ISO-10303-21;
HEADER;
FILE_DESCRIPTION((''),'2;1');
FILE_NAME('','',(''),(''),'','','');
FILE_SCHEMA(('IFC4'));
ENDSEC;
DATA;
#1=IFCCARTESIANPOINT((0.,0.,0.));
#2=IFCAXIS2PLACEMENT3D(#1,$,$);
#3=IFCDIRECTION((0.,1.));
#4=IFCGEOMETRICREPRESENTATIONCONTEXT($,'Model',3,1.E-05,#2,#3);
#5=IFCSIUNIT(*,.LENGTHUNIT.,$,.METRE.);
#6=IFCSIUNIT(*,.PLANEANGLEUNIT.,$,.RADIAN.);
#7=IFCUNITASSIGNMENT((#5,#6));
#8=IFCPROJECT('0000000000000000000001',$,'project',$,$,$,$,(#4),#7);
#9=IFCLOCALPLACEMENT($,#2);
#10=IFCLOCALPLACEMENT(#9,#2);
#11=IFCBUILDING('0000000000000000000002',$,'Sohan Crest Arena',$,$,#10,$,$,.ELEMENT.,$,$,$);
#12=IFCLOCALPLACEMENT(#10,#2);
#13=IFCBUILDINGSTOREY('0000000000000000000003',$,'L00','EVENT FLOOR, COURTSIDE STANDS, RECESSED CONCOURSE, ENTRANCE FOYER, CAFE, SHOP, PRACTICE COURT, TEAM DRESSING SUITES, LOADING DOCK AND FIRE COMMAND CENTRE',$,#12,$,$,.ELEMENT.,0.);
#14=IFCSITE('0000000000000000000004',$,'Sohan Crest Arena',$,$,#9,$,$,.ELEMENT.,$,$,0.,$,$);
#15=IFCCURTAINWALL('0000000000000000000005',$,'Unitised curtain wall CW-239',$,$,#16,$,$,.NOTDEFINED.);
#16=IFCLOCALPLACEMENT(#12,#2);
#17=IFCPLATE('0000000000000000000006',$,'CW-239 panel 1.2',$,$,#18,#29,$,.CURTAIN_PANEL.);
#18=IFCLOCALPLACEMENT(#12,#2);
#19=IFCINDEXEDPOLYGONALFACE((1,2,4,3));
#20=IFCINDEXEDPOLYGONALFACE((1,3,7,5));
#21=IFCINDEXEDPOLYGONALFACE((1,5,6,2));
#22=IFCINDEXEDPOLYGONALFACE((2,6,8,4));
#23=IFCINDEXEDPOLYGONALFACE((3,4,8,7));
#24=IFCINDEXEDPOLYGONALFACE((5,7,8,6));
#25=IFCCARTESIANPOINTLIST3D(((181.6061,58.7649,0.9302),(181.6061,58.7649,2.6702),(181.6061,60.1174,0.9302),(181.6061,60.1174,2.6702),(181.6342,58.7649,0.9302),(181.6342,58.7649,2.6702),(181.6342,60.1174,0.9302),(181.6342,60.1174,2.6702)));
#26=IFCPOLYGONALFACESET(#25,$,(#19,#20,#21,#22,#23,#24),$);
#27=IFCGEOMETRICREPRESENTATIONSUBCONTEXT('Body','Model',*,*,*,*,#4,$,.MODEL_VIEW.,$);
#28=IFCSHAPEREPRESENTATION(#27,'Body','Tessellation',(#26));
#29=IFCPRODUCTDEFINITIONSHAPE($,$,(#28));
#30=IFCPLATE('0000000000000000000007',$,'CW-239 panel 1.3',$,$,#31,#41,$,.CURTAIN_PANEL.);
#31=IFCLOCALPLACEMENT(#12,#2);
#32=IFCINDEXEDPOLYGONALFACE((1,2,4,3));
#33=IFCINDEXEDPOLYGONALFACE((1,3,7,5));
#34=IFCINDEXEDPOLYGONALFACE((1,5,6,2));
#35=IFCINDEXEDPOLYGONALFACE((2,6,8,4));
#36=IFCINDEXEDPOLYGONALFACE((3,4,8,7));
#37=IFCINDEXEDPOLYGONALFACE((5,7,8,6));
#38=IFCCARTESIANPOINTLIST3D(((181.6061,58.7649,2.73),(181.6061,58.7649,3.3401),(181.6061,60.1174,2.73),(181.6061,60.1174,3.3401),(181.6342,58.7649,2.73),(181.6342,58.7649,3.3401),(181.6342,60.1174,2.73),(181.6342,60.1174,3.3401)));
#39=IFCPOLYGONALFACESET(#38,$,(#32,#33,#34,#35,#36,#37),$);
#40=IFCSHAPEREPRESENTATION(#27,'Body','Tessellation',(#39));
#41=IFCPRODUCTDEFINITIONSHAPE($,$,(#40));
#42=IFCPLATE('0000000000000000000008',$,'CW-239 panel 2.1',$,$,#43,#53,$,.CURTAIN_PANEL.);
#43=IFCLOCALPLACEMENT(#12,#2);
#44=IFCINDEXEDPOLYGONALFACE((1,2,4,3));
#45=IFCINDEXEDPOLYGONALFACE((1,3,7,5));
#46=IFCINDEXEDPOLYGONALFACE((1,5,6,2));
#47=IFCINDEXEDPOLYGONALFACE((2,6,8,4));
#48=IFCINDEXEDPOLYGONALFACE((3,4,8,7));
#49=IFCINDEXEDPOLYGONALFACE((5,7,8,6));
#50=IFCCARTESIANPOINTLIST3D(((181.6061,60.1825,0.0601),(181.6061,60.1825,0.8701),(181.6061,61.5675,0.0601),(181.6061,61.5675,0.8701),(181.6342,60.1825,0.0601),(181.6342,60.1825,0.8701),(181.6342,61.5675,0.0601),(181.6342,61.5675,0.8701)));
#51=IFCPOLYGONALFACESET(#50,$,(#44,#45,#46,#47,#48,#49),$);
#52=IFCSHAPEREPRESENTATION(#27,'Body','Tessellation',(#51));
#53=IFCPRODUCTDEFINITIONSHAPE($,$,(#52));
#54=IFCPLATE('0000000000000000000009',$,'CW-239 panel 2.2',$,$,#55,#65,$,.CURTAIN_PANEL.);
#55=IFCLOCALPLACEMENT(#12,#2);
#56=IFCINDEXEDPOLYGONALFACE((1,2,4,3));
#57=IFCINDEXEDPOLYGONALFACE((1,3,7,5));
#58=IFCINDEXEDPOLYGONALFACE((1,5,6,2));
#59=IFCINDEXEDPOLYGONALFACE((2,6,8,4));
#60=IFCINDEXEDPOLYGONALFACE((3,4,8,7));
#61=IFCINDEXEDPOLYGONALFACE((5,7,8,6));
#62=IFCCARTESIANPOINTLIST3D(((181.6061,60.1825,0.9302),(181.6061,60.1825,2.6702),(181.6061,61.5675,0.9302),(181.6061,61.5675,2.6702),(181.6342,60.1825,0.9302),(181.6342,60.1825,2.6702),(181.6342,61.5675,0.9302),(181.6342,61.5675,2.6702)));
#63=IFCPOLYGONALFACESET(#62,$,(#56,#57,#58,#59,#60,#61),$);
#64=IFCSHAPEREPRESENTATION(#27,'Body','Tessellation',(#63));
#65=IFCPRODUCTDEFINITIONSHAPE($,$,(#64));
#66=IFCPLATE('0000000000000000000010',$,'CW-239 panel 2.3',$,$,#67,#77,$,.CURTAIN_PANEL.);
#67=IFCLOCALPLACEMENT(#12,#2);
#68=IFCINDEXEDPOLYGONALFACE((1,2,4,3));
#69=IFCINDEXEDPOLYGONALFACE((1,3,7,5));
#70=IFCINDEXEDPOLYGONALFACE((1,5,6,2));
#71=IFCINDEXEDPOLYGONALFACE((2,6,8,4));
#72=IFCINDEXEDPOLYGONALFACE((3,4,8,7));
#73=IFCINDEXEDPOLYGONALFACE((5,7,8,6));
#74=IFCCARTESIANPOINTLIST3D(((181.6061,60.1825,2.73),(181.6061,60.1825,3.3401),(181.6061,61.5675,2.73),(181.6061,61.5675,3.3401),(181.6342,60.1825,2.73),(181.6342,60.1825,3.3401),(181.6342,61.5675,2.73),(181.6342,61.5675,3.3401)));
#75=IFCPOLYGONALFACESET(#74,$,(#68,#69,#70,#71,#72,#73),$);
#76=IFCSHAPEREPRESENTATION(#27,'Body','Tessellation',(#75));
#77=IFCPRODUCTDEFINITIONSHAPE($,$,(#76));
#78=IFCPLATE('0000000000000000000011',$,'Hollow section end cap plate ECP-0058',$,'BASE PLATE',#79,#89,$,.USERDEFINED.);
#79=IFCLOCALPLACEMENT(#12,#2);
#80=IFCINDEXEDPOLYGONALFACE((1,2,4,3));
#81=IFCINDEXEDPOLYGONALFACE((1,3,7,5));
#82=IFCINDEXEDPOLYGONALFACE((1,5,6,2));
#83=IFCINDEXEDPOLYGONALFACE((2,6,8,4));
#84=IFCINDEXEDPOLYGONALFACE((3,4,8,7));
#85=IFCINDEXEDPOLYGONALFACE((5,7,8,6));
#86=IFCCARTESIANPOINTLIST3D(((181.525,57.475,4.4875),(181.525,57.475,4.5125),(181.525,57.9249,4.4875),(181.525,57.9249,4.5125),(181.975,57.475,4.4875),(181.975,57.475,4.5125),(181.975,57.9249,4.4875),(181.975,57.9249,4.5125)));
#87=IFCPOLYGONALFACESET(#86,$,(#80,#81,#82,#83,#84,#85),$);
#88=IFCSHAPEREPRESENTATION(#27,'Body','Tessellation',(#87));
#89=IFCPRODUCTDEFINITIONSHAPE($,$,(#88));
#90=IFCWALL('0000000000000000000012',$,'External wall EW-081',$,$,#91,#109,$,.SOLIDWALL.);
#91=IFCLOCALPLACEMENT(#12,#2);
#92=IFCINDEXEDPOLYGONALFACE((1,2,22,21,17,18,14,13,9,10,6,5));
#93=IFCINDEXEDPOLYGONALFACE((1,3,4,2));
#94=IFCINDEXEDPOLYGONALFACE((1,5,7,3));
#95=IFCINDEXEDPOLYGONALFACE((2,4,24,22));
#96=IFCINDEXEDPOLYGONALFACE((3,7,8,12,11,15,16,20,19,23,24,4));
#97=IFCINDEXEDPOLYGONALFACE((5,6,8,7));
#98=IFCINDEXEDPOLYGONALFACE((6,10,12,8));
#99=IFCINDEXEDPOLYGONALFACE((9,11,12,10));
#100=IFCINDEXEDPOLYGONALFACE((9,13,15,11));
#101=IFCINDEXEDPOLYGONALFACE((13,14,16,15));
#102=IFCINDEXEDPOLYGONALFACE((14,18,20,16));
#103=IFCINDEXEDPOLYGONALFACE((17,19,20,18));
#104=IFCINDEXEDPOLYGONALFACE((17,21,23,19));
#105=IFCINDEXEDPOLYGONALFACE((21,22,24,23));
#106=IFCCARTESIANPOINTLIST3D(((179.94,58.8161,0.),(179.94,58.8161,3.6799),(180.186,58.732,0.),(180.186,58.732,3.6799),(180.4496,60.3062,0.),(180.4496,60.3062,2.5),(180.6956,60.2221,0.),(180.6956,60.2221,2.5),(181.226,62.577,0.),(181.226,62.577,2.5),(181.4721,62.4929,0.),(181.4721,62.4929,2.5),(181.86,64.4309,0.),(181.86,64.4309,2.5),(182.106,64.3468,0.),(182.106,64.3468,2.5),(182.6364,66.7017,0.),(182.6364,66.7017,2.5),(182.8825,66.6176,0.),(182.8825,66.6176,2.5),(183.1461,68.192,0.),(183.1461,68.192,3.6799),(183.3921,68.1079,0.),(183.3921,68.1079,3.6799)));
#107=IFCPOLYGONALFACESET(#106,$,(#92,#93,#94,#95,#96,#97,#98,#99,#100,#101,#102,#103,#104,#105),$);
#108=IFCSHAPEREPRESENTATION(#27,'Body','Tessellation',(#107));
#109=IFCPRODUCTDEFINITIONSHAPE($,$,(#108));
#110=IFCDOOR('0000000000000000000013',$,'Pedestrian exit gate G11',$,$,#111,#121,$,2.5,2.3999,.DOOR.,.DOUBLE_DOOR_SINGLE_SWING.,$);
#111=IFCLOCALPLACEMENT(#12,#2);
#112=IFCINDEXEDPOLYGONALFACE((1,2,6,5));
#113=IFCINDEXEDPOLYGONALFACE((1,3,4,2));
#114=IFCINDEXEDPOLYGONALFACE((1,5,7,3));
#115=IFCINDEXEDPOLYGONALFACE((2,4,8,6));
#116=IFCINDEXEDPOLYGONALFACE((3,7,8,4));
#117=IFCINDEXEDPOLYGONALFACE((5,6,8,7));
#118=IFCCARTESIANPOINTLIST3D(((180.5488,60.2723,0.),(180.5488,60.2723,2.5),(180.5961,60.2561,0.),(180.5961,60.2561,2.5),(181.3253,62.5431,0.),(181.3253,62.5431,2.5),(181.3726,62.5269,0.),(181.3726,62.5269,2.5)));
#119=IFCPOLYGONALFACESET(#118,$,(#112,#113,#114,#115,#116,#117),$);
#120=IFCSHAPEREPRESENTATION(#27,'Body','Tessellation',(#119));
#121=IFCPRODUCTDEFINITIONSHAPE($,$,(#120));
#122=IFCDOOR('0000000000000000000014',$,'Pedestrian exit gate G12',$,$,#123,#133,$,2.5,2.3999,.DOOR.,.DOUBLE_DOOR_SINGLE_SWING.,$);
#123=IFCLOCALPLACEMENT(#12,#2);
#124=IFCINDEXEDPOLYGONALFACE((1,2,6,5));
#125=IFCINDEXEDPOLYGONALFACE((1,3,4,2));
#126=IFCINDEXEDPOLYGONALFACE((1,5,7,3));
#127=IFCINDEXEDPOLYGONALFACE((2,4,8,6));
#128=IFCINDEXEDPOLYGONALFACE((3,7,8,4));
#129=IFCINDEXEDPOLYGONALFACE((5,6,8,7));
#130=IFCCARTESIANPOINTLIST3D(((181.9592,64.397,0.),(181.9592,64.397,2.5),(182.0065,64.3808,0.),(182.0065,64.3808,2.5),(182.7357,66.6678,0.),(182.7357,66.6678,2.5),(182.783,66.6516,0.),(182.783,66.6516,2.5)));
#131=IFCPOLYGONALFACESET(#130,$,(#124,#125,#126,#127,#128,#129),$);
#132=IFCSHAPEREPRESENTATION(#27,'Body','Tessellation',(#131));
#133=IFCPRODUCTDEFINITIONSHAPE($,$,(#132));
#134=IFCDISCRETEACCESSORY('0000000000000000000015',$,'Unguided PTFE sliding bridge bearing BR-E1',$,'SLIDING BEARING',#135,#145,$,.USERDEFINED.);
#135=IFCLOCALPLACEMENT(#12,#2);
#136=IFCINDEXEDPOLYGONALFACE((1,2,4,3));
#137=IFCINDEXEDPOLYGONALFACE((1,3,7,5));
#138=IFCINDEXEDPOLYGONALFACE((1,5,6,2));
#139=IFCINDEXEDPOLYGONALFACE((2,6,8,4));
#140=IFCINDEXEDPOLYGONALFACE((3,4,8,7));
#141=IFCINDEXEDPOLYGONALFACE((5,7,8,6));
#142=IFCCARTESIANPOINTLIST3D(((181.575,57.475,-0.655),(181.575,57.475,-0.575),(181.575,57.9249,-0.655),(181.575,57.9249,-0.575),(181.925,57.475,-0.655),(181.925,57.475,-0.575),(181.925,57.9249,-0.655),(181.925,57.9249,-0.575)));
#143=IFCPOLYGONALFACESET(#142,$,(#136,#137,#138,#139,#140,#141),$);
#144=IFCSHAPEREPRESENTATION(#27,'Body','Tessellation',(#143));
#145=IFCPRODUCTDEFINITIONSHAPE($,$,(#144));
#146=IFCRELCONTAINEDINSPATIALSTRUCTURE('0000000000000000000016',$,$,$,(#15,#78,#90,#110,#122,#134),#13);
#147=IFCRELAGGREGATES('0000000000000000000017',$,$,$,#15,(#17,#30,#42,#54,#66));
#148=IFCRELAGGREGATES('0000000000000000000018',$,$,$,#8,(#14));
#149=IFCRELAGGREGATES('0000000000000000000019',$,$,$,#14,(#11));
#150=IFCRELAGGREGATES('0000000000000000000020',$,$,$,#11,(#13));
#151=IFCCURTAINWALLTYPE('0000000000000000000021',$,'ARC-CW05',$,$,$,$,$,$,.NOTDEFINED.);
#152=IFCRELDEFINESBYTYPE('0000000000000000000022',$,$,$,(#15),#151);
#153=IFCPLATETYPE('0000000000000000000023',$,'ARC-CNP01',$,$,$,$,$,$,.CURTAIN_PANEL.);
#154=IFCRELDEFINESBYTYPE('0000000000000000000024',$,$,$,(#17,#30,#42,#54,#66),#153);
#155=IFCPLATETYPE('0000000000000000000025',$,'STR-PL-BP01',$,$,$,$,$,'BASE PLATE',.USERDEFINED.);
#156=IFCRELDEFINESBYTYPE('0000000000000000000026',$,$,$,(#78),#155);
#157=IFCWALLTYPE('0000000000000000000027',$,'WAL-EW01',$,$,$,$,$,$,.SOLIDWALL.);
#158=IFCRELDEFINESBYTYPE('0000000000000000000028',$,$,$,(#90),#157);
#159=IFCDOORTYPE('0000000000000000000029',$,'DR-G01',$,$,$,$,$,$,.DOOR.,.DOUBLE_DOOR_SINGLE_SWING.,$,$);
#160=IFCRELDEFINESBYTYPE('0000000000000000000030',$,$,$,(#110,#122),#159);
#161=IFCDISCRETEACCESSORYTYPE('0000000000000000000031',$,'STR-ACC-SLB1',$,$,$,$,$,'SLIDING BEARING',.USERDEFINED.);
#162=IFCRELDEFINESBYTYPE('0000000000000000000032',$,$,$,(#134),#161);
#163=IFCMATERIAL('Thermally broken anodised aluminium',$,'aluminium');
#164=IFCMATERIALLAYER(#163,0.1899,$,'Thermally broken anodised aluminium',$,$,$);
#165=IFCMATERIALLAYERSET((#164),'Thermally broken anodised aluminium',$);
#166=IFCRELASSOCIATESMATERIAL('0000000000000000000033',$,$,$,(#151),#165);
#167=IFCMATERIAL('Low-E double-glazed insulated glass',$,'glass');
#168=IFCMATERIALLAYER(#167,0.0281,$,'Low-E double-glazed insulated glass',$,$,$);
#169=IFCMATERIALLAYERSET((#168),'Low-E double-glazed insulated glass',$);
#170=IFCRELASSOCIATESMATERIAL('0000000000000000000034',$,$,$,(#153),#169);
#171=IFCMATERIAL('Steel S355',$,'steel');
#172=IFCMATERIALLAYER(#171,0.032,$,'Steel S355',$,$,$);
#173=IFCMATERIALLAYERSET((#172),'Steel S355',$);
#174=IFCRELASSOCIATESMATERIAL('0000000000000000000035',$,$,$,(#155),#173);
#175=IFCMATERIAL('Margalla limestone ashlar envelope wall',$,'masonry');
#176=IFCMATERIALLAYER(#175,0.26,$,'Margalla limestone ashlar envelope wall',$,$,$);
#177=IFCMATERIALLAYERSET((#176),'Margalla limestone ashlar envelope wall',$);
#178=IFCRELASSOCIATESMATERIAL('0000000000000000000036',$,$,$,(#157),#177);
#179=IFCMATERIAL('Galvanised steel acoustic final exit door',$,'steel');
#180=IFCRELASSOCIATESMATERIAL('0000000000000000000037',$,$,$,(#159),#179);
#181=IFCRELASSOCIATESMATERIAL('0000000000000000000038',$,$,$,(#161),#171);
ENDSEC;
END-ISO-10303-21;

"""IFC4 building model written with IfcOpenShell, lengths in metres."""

from ifc_helpers import new_model, si_unit, direction, frame, frame_2d, origin, origin_2d, place, context, subcontext, project, spatial, rectangle, extrude, material, layer, layer_set, type_object, element, fill, aggregate, save


model = new_model("IFC4")

# Units and contexts
model_context = context("Model", 3, precision=1e-05, world=origin(), true_north=direction((0.0, 1.0)))
body_context = subcontext(model_context, "Body", "Model", "MODEL_VIEW")
ifc_project = project(units=[si_unit("LENGTHUNIT", "METRE"), si_unit("PLANEANGLEUNIT", "RADIAN")], contexts=[model_context])

# Site, building, storey
site_placement = place(None, origin())
site = spatial("IfcSite", under=ifc_project, at=site_placement, Name="Sohan Crest Arena", CompositionType="ELEMENT", RefElevation=0.0)
building_placement = place(site_placement, origin())
building = spatial("IfcBuilding", under=site, at=building_placement, Name="Sohan Crest Arena", CompositionType="ELEMENT")
storey_placement = place(building_placement, origin())
storey = spatial("IfcBuildingStorey", under=building, at=storey_placement, Name="L00", Description="EVENT FLOOR, COURTSIDE STANDS, RECESSED CONCOURSE, ENTRANCE FOYER, CAFE, SHOP, PRACTICE COURT, TEAM DRESSING SUITES, LOADING DOCK AND FIRE COMMAND CENTRE", CompositionType="ELEMENT", Elevation=0.0)

# Shared definitions
ifc_material_1 = material(Name="Steel S355", Category="steel")

# Curtain wall
ifc_material_2 = material(Name="Thermally broken anodised aluminium", Category="aluminium")
ifc_layer_1 = layer(ifc_material_2, 0.1899, Name="Thermally broken anodised aluminium")
ifc_layer_set_1 = layer_set([ifc_layer_1], Name="Thermally broken anodised aluminium")
curtain_wall_type = type_object("IfcCurtainWallType", Name="ARC-CW05", PredefinedType="NOTDEFINED", material=ifc_layer_set_1)
curtain_wall_placement = place(storey_placement, origin())
curtain_wall = element("IfcCurtainWall", 1, at=curtain_wall_placement, inside=storey, type_object=curtain_wall_type, Name="Unitised curtain wall CW-239", PredefinedType="NOTDEFINED")

# Plates
ifc_material_3 = material(Name="Low-E double-glazed insulated glass", Category="glass")
ifc_layer_2 = layer(ifc_material_3, 0.0281, Name="Low-E double-glazed insulated glass")
ifc_layer_set_2 = layer_set([ifc_layer_2], Name="Low-E double-glazed insulated glass")
plate_type_1 = type_object("IfcPlateType", Name="ARC-CNP01", PredefinedType="CURTAIN_PANEL", material=ifc_layer_set_2)
plate_1_placement = place(storey_placement, frame((181.6201, 59.4412, 0.9302), z_axis=(0.0, 0.0, 1.0), x_axis=(0.0, 1.0, 0.0)))
plate_1 = element("IfcPlate", 2, at=plate_1_placement, type_object=plate_type_1, Name="CW-239 panel 1.2", PredefinedType="CURTAIN_PANEL", context=body_context, shape_type="SweptSolid", body=[
    extrude(rectangle(XDim=1.3525, YDim=0.0281, at=origin_2d()), origin(), (0.0, 0.0, 1.0), 1.74),
])
plate_2_placement = place(storey_placement, frame((181.6201, 59.4412, 2.73), z_axis=(0.0, 0.0, 1.0), x_axis=(0.0, 1.0, 0.0)))
plate_2 = element("IfcPlate", 3, at=plate_2_placement, type_object=plate_type_1, Name="CW-239 panel 1.3", PredefinedType="CURTAIN_PANEL", context=body_context, shape_type="SweptSolid", body=[
    extrude(rectangle(XDim=1.3525, YDim=0.0281, at=origin_2d()), origin(), (0.0, 0.0, 1.0), 0.6101),
])
plate_3_placement = place(storey_placement, frame((181.6201, 60.875, 0.0601), z_axis=(0.0, 0.0, 1.0), x_axis=(0.0, 1.0, 0.0)))
plate_3 = element("IfcPlate", 4, at=plate_3_placement, type_object=plate_type_1, Name="CW-239 panel 2.1", PredefinedType="CURTAIN_PANEL", context=body_context, shape_type="SweptSolid", body=[
    extrude(rectangle(XDim=1.385, YDim=0.0281, at=origin_2d()), origin(), (0.0, 0.0, 1.0), 0.8101),
])
plate_4_placement = place(storey_placement, frame((181.6201, 60.875, 0.9302), z_axis=(0.0, 0.0, 1.0), x_axis=(0.0, 1.0, 0.0)))
plate_4 = element("IfcPlate", 5, at=plate_4_placement, type_object=plate_type_1, Name="CW-239 panel 2.2", PredefinedType="CURTAIN_PANEL", context=body_context, shape_type="SweptSolid", body=[
    extrude(rectangle(XDim=1.385, YDim=0.0281, at=origin_2d()), origin(), (0.0, 0.0, 1.0), 1.74),
])
plate_5_placement = place(storey_placement, frame((181.6201, 60.875, 2.73), z_axis=(0.0, 0.0, 1.0), x_axis=(0.0, 1.0, 0.0)))
plate_5 = element("IfcPlate", 6, at=plate_5_placement, type_object=plate_type_1, Name="CW-239 panel 2.3", PredefinedType="CURTAIN_PANEL", context=body_context, shape_type="SweptSolid", body=[
    extrude(rectangle(XDim=1.385, YDim=0.0281, at=origin_2d()), origin(), (0.0, 0.0, 1.0), 0.6101),
])
aggregate(curtain_wall, [plate_1, plate_2, plate_3, plate_4, plate_5])
ifc_layer_3 = layer(ifc_material_1, 0.032, Name="Steel S355")
ifc_layer_set_3 = layer_set([ifc_layer_3], Name="Steel S355")
plate_type_2 = type_object("IfcPlateType", Name="STR-PL-BP01", ElementType="BASE PLATE", PredefinedType="USERDEFINED", material=ifc_layer_set_3)
plate_6_placement = place(storey_placement, frame((181.75, 57.7, 4.4875), z_axis=(0.0, 0.0, 1.0), x_axis=(1.0, 0.0, 0.0)))
element("IfcPlate", 7, at=plate_6_placement, inside=storey, type_object=plate_type_2, Name="Hollow section end cap plate ECP-0058", ObjectType="BASE PLATE", PredefinedType="USERDEFINED", context=body_context, shape_type="SweptSolid", body=[
    extrude(rectangle(XDim=0.45, YDim=0.45, at=origin_2d()), origin(), (0.0, 0.0, 1.0), 0.0249),
])

# Wall, openings, doors
ifc_material_4 = material(Name="Margalla limestone ashlar envelope wall", Category="masonry")
ifc_layer_4 = layer(ifc_material_4, 0.26, Name="Margalla limestone ashlar envelope wall")
ifc_layer_set_4 = layer_set([ifc_layer_4], Name="Margalla limestone ashlar envelope wall")
wall_type = type_object("IfcWallType", Name="WAL-EW01", PredefinedType="SOLIDWALL", material=ifc_layer_set_4)
wall_placement = place(storey_placement, frame((180.063, 58.7739, 0.0), z_axis=(0.0, 0.0, 1.0), x_axis=(0.323551, 0.946211, 0.0)))
wall = element("IfcWall", 8, at=wall_placement, inside=storey, type_object=wall_type, Name="External wall EW-081", PredefinedType="SOLIDWALL", context=body_context, shape_type="SweptSolid", body=[
    extrude(rectangle(XDim=9.9089, YDim=0.26, at=frame_2d((4.9546, 0.0))), origin(), (0.0, 0.0, 1.0), 3.6799),
])
opening_1_placement = place(wall_placement, frame((1.575, 0.0, 0.0)))
opening_1 = element("IfcOpeningElement", 9, at=opening_1_placement, cuts=wall, PredefinedType="OPENING", context=body_context, shape_type="SweptSolid", body=[
    extrude(rectangle(XDim=2.3999, YDim=2.5, at=frame_2d((1.2, 1.25))), frame((0.0, 0.1399, 0.0), z_axis=(0.0, -1.0, 0.0), x_axis=(1.0, 0.0, 0.0)), (0.0, 0.0, 1.0), 0.28),
])
opening_2_placement = place(wall_placement, frame((5.9341, 0.0, 0.0)))
opening_2 = element("IfcOpeningElement", 10, at=opening_2_placement, cuts=wall, PredefinedType="OPENING", context=body_context, shape_type="SweptSolid", body=[
    extrude(rectangle(XDim=2.3999, YDim=2.5, at=frame_2d((1.2, 1.25))), frame((0.0, 0.1399, 0.0), z_axis=(0.0, -1.0, 0.0), x_axis=(1.0, 0.0, 0.0)), (0.0, 0.0, 1.0), 0.28),
])
ifc_material_5 = material(Name="Galvanised steel acoustic final exit door", Category="steel")
door_type = type_object("IfcDoorType", Name="DR-G01", OperationType="DOUBLE_DOOR_SINGLE_SWING", PredefinedType="DOOR", material=ifc_material_5)
door_1_placement = place(opening_1_placement, frame((2.3999, 0.0, 0.0), z_axis=(0.0, 0.0, 1.0), x_axis=(-1.0, 0.0, 0.0)))
door_1 = element("IfcDoor", 11, at=door_1_placement, inside=storey, type_object=door_type, Name="Pedestrian exit gate G11", OperationType="DOUBLE_DOOR_SINGLE_SWING", OverallHeight=2.5, OverallWidth=2.3999, PredefinedType="DOOR", context=body_context, shape_type="SweptSolid", body=[
    extrude(rectangle(XDim=2.3999, YDim=2.5, at=frame_2d((1.2, 1.25))), frame((0.0, 0.0249, 0.0), z_axis=(0.0, -1.0, 0.0), x_axis=(1.0, 0.0, 0.0)), (0.0, 0.0, 1.0), 0.05),
])
fill(opening_1, door_1)
door_2_placement = place(opening_2_placement, frame((2.3999, 0.0, 0.0), z_axis=(0.0, 0.0, 1.0), x_axis=(-1.0, 0.0, 0.0)))
door_2 = element("IfcDoor", 12, at=door_2_placement, inside=storey, type_object=door_type, Name="Pedestrian exit gate G12", OperationType="DOUBLE_DOOR_SINGLE_SWING", OverallHeight=2.5, OverallWidth=2.3999, PredefinedType="DOOR", context=body_context, shape_type="SweptSolid", body=[
    extrude(rectangle(XDim=2.3999, YDim=2.5, at=frame_2d((1.2, 1.25))), frame((0.0, 0.0249, 0.0), z_axis=(0.0, -1.0, 0.0), x_axis=(1.0, 0.0, 0.0)), (0.0, 0.0, 1.0), 0.05),
])
fill(opening_2, door_2)

# Discrete accessory
discrete_accessory_type = type_object("IfcDiscreteAccessoryType", Name="STR-ACC-SLB1", ElementType="SLIDING BEARING", PredefinedType="USERDEFINED", material=ifc_material_1)
discrete_accessory_placement = place(storey_placement, frame((181.75, 57.7, -0.655), z_axis=(0.0, 0.0, 1.0), x_axis=(1.0, 0.0, 0.0)))
element("IfcDiscreteAccessory", 13, at=discrete_accessory_placement, inside=storey, type_object=discrete_accessory_type, Name="Unguided PTFE sliding bridge bearing BR-E1", ObjectType="SLIDING BEARING", PredefinedType="USERDEFINED", context=body_context, shape_type="SweptSolid", body=[
    extrude(rectangle(XDim=0.3501, YDim=0.45, at=origin_2d()), origin(), (0.0, 0.0, 1.0), 0.0801),
])

save(model, "model.ifc")
